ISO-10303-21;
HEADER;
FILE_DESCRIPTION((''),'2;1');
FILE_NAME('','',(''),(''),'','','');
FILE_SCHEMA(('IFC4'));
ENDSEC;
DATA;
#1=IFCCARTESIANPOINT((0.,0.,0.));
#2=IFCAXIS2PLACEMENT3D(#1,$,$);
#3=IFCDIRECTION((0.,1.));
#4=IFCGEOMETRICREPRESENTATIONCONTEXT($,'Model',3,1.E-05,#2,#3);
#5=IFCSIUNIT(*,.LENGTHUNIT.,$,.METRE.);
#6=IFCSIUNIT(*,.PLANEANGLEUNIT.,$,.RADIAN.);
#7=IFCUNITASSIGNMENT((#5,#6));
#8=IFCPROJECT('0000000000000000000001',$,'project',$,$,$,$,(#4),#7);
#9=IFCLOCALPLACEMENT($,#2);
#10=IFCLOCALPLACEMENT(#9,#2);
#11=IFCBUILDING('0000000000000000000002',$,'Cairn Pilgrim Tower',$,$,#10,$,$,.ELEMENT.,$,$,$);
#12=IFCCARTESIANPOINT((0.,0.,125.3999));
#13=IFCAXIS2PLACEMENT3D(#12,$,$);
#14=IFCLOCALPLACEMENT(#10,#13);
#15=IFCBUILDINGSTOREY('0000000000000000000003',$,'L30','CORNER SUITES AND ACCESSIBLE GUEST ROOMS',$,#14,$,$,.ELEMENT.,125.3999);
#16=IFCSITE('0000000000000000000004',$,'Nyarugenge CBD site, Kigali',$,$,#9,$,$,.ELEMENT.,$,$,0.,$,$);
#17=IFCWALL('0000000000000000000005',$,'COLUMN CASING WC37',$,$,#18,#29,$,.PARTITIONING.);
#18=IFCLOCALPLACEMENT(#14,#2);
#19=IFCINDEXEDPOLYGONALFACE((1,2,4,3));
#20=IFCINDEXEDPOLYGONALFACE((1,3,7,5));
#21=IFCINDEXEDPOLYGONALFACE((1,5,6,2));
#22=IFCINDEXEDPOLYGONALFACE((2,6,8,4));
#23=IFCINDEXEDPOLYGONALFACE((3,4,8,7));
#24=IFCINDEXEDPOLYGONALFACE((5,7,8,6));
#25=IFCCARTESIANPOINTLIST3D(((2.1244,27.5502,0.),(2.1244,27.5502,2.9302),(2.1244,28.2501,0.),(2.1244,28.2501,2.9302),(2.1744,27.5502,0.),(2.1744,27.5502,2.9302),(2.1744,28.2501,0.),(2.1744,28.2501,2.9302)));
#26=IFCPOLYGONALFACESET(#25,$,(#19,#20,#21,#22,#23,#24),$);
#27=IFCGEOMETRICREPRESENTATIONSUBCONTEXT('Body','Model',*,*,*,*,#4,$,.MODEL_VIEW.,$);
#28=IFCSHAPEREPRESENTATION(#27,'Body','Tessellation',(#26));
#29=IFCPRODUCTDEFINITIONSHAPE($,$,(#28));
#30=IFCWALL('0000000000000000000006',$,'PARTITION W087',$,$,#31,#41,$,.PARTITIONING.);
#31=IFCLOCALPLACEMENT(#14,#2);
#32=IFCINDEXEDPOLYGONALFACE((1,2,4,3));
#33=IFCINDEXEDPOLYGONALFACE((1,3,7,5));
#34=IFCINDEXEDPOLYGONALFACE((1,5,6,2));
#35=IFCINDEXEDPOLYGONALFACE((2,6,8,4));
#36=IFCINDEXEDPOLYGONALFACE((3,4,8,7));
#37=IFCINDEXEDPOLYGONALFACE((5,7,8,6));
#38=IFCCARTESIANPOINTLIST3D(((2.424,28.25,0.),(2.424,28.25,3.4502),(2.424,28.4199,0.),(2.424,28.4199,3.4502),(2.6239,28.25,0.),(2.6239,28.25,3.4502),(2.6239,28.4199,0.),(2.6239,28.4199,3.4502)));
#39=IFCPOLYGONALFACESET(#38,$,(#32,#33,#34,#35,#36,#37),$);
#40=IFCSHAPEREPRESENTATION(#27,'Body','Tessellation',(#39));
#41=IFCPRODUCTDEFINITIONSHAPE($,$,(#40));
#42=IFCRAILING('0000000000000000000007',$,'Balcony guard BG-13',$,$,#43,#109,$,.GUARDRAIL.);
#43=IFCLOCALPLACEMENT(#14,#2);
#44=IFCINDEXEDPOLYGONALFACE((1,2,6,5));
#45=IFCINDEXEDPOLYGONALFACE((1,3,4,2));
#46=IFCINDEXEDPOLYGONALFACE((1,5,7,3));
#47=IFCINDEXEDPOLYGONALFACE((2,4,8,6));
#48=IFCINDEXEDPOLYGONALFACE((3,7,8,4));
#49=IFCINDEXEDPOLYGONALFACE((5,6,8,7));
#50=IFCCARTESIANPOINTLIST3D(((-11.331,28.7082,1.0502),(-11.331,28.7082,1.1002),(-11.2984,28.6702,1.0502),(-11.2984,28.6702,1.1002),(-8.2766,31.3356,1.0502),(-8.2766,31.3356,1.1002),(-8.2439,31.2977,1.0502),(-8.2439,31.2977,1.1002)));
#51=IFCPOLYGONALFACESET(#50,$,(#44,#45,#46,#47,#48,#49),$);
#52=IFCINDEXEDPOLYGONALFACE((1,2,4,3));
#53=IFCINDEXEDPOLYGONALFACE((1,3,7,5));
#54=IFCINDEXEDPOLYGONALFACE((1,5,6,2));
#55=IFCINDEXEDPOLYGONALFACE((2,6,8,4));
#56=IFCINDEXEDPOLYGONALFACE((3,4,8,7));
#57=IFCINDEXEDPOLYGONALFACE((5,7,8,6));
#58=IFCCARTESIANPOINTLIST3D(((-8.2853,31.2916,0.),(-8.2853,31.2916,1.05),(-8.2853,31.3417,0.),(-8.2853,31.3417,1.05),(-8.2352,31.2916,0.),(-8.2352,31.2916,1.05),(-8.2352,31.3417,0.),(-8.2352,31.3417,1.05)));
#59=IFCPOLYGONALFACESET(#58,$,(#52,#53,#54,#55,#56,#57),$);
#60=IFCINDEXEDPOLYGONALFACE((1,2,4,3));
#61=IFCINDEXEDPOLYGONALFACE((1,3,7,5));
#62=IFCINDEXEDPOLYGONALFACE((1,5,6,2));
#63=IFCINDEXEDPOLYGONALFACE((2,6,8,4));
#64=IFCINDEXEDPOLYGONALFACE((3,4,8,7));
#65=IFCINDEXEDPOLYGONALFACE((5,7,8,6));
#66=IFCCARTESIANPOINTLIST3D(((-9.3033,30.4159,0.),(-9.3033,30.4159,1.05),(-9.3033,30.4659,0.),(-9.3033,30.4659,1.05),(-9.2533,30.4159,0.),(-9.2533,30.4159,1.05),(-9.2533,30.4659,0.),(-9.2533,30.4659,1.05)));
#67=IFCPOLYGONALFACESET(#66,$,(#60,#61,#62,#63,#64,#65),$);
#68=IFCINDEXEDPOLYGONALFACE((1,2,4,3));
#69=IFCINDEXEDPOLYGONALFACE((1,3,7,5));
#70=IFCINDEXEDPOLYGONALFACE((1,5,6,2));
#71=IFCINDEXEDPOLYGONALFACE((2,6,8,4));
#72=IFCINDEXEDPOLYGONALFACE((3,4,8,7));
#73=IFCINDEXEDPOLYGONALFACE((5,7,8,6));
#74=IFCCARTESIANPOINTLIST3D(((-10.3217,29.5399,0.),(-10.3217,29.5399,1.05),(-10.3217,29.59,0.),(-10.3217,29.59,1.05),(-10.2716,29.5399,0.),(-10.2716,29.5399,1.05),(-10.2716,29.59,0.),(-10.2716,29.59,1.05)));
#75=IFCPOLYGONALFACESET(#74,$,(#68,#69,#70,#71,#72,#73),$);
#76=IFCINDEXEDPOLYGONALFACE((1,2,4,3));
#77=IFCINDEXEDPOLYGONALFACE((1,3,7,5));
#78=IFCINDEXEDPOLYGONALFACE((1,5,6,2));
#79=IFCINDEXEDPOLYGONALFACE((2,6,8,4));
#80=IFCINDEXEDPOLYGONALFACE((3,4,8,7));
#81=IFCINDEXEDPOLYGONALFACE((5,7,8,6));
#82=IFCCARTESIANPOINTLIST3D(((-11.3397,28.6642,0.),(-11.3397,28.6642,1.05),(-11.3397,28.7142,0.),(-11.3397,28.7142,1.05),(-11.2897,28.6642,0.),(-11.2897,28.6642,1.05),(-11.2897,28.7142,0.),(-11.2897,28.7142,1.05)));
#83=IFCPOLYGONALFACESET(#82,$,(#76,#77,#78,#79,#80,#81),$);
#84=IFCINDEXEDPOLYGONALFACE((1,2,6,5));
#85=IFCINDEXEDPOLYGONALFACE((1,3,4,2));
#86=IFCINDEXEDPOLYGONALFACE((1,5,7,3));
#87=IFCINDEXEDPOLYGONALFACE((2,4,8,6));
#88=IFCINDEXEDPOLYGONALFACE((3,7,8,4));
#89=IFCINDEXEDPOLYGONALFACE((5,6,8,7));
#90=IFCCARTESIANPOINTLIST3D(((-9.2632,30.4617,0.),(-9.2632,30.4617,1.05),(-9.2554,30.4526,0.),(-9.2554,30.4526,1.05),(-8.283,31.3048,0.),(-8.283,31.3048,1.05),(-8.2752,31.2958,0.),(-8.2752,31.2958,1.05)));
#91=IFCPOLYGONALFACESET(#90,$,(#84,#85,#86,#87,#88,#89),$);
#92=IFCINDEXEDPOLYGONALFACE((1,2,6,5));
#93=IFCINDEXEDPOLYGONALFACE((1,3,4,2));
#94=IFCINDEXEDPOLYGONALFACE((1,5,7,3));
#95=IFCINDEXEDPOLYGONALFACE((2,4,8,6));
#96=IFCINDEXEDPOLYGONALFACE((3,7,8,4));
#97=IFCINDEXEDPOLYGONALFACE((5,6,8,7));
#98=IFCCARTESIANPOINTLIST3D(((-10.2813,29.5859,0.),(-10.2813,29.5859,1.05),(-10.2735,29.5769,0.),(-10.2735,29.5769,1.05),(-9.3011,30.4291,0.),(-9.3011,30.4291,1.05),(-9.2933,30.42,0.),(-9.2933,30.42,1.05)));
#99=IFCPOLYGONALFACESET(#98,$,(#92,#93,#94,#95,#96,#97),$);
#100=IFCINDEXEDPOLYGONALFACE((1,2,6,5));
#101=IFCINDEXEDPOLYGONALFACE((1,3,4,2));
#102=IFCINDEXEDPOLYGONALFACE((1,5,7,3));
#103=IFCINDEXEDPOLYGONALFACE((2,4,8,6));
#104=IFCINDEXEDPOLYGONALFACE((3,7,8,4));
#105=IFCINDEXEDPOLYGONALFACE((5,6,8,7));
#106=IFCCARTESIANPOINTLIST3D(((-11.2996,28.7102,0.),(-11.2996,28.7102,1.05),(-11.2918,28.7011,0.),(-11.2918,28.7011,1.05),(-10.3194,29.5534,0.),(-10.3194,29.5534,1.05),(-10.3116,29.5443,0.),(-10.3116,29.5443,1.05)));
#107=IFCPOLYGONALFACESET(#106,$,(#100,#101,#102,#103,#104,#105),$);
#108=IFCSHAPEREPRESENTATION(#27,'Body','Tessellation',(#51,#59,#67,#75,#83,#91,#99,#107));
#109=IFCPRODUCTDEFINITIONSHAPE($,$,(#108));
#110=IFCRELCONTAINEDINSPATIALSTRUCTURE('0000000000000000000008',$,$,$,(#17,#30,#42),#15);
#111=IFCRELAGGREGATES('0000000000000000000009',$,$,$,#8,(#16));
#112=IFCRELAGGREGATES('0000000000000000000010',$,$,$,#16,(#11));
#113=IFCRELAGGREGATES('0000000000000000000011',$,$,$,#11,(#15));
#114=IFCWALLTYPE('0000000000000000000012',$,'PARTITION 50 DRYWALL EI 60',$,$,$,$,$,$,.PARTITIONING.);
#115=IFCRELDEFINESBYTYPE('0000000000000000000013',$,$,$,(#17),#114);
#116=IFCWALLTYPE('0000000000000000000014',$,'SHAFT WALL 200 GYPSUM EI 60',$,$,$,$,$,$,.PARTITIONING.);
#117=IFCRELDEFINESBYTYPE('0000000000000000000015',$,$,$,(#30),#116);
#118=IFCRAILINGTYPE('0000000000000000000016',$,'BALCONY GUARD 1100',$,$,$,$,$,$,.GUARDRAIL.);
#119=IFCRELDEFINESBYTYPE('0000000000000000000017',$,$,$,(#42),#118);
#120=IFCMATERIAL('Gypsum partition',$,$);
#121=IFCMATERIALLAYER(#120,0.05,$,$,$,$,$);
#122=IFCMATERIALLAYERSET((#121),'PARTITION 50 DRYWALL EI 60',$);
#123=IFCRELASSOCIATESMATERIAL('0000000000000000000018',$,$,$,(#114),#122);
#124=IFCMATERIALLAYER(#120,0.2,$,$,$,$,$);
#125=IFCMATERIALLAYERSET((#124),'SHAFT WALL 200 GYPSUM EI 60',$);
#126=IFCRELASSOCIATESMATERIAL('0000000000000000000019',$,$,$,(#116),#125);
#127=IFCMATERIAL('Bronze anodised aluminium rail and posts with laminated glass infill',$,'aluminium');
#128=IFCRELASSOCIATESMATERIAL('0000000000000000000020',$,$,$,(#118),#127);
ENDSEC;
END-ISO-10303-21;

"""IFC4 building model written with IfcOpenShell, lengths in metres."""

from ifc_helpers import new_model, si_unit, direction, frame, frame_2d, origin, origin_2d, place, context, subcontext, project, spatial, polyline, rectangle, outline, extrude, material, layer, layer_set, type_object, element, save


model = new_model("IFC4")

# Units and contexts
model_context = context("Model", 3, precision=1e-05, world=origin(), true_north=direction((0.0, 1.0)))
body_context = subcontext(model_context, "Body", "Model", "MODEL_VIEW")
ifc_project = project(units=[si_unit("LENGTHUNIT", "METRE"), si_unit("PLANEANGLEUNIT", "RADIAN")], contexts=[model_context])

# Site, building, storey
site_placement = place(None, origin())
site = spatial("IfcSite", under=ifc_project, at=site_placement, Name="Nyarugenge CBD site, Kigali", CompositionType="ELEMENT", RefElevation=0.0)
building_placement = place(site_placement, origin())
building = spatial("IfcBuilding", under=site, at=building_placement, Name="Cairn Pilgrim Tower", CompositionType="ELEMENT")
storey_placement = place(building_placement, frame((0.0, 0.0, 125.3999)))
storey = spatial("IfcBuildingStorey", under=building, at=storey_placement, Name="L30", Description="CORNER SUITES AND ACCESSIBLE GUEST ROOMS", CompositionType="ELEMENT", Elevation=125.3999)

# Walls
ifc_material_1 = material(Name="Gypsum partition")
ifc_layer_1 = layer(ifc_material_1, 0.05)
ifc_layer_set_1 = layer_set([ifc_layer_1], Name="PARTITION 50 DRYWALL EI 60")
wall_type_1 = type_object("IfcWallType", Name="PARTITION 50 DRYWALL EI 60", PredefinedType="PARTITIONING", material=ifc_layer_set_1)
wall_1_placement = place(storey_placement, frame((2.1494, 27.55, 0.0), z_axis=(0.0, 0.0, 1.0), x_axis=(0.0, 1.0, 0.0)))
element("IfcWall", 1, at=wall_1_placement, inside=storey, type_object=wall_type_1, Name="COLUMN CASING WC37", PredefinedType="PARTITIONING", context=body_context, shape_type="SweptSolid", body=[
    extrude(rectangle(XDim=0.7, YDim=0.05, at=frame_2d((0.3501, 0.0))), origin(), (0.0, 0.0, 1.0), 2.9302),
])
ifc_layer_2 = layer(ifc_material_1, 0.2)
ifc_layer_set_2 = layer_set([ifc_layer_2], Name="SHAFT WALL 200 GYPSUM EI 60")
wall_type_2 = type_object("IfcWallType", Name="SHAFT WALL 200 GYPSUM EI 60", PredefinedType="PARTITIONING", material=ifc_layer_set_2)
wall_2_placement = place(storey_placement, frame((2.5239, 28.25, 0.0), z_axis=(0.0, 0.0, 1.0), x_axis=(0.0, 1.0, 0.0)))
element("IfcWall", 2, at=wall_2_placement, inside=storey, type_object=wall_type_2, Name="PARTITION W087", PredefinedType="PARTITIONING", context=body_context, shape_type="SweptSolid", body=[
    extrude(rectangle(XDim=0.1699, YDim=0.2, at=frame_2d((0.085, 0.0))), origin(), (0.0, 0.0, 1.0), 3.4502),
])

# Railing
ifc_material_2 = material(Name="Bronze anodised aluminium rail and posts with laminated glass infill", Category="aluminium")
railing_type = type_object("IfcRailingType", Name="BALCONY GUARD 1100", PredefinedType="GUARDRAIL", material=ifc_material_2)
railing_placement = place(storey_placement, frame((-8.2603, 31.3167, 0.0)))
element("IfcRailing", 3, at=railing_placement, inside=storey, type_object=railing_type, Name="Balcony guard BG-13", PredefinedType="GUARDRAIL", context=body_context, shape_type="SweptSolid", body=[
    extrude(rectangle(XDim=0.05, YDim=0.05, at=origin_2d()), frame((0.0, 0.0, 1.0752), z_axis=(-0.758109, -0.652128, 0.0), x_axis=(0.652128, -0.758109, 0.0)), (0.0, 0.0, 1.0), 4.0291),
    extrude(rectangle(XDim=0.05, YDim=0.05, at=origin_2d()), origin(), (0.0, 0.0, 1.0), 1.05),
    extrude(rectangle(XDim=0.05, YDim=0.05, at=origin_2d()), frame((-1.0181, -0.8757, 0.0)), (0.0, 0.0, 1.0), 1.05),
    extrude(rectangle(XDim=0.05, YDim=0.05, at=origin_2d()), frame((-2.0364, -1.7517, 0.0)), (0.0, 0.0, 1.0), 1.05),
    extrude(rectangle(XDim=0.05, YDim=0.05, at=origin_2d()), frame((-3.0544, -2.6274, 0.0)), (0.0, 0.0, 1.0), 1.05),
    extrude(outline(polyline([(0.0249, 0.0), (1.3179, 0.0), (1.3179, 1.05), (0.0249, 1.05), (0.0249, 0.0)])), frame((0.0039, -0.0046, 0.0), z_axis=(-0.652128, 0.758109, 0.0), x_axis=(-0.758109, -0.652128, 0.0)), (0.0, 0.0, 1.0), 0.012),
    extrude(outline(polyline([(0.0249, 0.0), (1.3179, 0.0), (1.3179, 1.05), (0.0249, 1.05), (0.0249, 0.0)])), frame((-1.0142, -0.8804, 0.0), z_axis=(-0.652128, 0.758109, 0.0), x_axis=(-0.758109, -0.652128, 0.0)), (0.0, 0.0, 1.0), 0.012),
    extrude(outline(polyline([(0.0249, 0.0), (1.3179, 0.0), (1.3179, 1.05), (0.0249, 1.05), (0.0249, 0.0)])), frame((-2.0325, -1.7561, 0.0), z_axis=(-0.652128, 0.758109, 0.0), x_axis=(-0.758109, -0.652128, 0.0)), (0.0, 0.0, 1.0), 0.012),
])

save(model, "model.ifc")
